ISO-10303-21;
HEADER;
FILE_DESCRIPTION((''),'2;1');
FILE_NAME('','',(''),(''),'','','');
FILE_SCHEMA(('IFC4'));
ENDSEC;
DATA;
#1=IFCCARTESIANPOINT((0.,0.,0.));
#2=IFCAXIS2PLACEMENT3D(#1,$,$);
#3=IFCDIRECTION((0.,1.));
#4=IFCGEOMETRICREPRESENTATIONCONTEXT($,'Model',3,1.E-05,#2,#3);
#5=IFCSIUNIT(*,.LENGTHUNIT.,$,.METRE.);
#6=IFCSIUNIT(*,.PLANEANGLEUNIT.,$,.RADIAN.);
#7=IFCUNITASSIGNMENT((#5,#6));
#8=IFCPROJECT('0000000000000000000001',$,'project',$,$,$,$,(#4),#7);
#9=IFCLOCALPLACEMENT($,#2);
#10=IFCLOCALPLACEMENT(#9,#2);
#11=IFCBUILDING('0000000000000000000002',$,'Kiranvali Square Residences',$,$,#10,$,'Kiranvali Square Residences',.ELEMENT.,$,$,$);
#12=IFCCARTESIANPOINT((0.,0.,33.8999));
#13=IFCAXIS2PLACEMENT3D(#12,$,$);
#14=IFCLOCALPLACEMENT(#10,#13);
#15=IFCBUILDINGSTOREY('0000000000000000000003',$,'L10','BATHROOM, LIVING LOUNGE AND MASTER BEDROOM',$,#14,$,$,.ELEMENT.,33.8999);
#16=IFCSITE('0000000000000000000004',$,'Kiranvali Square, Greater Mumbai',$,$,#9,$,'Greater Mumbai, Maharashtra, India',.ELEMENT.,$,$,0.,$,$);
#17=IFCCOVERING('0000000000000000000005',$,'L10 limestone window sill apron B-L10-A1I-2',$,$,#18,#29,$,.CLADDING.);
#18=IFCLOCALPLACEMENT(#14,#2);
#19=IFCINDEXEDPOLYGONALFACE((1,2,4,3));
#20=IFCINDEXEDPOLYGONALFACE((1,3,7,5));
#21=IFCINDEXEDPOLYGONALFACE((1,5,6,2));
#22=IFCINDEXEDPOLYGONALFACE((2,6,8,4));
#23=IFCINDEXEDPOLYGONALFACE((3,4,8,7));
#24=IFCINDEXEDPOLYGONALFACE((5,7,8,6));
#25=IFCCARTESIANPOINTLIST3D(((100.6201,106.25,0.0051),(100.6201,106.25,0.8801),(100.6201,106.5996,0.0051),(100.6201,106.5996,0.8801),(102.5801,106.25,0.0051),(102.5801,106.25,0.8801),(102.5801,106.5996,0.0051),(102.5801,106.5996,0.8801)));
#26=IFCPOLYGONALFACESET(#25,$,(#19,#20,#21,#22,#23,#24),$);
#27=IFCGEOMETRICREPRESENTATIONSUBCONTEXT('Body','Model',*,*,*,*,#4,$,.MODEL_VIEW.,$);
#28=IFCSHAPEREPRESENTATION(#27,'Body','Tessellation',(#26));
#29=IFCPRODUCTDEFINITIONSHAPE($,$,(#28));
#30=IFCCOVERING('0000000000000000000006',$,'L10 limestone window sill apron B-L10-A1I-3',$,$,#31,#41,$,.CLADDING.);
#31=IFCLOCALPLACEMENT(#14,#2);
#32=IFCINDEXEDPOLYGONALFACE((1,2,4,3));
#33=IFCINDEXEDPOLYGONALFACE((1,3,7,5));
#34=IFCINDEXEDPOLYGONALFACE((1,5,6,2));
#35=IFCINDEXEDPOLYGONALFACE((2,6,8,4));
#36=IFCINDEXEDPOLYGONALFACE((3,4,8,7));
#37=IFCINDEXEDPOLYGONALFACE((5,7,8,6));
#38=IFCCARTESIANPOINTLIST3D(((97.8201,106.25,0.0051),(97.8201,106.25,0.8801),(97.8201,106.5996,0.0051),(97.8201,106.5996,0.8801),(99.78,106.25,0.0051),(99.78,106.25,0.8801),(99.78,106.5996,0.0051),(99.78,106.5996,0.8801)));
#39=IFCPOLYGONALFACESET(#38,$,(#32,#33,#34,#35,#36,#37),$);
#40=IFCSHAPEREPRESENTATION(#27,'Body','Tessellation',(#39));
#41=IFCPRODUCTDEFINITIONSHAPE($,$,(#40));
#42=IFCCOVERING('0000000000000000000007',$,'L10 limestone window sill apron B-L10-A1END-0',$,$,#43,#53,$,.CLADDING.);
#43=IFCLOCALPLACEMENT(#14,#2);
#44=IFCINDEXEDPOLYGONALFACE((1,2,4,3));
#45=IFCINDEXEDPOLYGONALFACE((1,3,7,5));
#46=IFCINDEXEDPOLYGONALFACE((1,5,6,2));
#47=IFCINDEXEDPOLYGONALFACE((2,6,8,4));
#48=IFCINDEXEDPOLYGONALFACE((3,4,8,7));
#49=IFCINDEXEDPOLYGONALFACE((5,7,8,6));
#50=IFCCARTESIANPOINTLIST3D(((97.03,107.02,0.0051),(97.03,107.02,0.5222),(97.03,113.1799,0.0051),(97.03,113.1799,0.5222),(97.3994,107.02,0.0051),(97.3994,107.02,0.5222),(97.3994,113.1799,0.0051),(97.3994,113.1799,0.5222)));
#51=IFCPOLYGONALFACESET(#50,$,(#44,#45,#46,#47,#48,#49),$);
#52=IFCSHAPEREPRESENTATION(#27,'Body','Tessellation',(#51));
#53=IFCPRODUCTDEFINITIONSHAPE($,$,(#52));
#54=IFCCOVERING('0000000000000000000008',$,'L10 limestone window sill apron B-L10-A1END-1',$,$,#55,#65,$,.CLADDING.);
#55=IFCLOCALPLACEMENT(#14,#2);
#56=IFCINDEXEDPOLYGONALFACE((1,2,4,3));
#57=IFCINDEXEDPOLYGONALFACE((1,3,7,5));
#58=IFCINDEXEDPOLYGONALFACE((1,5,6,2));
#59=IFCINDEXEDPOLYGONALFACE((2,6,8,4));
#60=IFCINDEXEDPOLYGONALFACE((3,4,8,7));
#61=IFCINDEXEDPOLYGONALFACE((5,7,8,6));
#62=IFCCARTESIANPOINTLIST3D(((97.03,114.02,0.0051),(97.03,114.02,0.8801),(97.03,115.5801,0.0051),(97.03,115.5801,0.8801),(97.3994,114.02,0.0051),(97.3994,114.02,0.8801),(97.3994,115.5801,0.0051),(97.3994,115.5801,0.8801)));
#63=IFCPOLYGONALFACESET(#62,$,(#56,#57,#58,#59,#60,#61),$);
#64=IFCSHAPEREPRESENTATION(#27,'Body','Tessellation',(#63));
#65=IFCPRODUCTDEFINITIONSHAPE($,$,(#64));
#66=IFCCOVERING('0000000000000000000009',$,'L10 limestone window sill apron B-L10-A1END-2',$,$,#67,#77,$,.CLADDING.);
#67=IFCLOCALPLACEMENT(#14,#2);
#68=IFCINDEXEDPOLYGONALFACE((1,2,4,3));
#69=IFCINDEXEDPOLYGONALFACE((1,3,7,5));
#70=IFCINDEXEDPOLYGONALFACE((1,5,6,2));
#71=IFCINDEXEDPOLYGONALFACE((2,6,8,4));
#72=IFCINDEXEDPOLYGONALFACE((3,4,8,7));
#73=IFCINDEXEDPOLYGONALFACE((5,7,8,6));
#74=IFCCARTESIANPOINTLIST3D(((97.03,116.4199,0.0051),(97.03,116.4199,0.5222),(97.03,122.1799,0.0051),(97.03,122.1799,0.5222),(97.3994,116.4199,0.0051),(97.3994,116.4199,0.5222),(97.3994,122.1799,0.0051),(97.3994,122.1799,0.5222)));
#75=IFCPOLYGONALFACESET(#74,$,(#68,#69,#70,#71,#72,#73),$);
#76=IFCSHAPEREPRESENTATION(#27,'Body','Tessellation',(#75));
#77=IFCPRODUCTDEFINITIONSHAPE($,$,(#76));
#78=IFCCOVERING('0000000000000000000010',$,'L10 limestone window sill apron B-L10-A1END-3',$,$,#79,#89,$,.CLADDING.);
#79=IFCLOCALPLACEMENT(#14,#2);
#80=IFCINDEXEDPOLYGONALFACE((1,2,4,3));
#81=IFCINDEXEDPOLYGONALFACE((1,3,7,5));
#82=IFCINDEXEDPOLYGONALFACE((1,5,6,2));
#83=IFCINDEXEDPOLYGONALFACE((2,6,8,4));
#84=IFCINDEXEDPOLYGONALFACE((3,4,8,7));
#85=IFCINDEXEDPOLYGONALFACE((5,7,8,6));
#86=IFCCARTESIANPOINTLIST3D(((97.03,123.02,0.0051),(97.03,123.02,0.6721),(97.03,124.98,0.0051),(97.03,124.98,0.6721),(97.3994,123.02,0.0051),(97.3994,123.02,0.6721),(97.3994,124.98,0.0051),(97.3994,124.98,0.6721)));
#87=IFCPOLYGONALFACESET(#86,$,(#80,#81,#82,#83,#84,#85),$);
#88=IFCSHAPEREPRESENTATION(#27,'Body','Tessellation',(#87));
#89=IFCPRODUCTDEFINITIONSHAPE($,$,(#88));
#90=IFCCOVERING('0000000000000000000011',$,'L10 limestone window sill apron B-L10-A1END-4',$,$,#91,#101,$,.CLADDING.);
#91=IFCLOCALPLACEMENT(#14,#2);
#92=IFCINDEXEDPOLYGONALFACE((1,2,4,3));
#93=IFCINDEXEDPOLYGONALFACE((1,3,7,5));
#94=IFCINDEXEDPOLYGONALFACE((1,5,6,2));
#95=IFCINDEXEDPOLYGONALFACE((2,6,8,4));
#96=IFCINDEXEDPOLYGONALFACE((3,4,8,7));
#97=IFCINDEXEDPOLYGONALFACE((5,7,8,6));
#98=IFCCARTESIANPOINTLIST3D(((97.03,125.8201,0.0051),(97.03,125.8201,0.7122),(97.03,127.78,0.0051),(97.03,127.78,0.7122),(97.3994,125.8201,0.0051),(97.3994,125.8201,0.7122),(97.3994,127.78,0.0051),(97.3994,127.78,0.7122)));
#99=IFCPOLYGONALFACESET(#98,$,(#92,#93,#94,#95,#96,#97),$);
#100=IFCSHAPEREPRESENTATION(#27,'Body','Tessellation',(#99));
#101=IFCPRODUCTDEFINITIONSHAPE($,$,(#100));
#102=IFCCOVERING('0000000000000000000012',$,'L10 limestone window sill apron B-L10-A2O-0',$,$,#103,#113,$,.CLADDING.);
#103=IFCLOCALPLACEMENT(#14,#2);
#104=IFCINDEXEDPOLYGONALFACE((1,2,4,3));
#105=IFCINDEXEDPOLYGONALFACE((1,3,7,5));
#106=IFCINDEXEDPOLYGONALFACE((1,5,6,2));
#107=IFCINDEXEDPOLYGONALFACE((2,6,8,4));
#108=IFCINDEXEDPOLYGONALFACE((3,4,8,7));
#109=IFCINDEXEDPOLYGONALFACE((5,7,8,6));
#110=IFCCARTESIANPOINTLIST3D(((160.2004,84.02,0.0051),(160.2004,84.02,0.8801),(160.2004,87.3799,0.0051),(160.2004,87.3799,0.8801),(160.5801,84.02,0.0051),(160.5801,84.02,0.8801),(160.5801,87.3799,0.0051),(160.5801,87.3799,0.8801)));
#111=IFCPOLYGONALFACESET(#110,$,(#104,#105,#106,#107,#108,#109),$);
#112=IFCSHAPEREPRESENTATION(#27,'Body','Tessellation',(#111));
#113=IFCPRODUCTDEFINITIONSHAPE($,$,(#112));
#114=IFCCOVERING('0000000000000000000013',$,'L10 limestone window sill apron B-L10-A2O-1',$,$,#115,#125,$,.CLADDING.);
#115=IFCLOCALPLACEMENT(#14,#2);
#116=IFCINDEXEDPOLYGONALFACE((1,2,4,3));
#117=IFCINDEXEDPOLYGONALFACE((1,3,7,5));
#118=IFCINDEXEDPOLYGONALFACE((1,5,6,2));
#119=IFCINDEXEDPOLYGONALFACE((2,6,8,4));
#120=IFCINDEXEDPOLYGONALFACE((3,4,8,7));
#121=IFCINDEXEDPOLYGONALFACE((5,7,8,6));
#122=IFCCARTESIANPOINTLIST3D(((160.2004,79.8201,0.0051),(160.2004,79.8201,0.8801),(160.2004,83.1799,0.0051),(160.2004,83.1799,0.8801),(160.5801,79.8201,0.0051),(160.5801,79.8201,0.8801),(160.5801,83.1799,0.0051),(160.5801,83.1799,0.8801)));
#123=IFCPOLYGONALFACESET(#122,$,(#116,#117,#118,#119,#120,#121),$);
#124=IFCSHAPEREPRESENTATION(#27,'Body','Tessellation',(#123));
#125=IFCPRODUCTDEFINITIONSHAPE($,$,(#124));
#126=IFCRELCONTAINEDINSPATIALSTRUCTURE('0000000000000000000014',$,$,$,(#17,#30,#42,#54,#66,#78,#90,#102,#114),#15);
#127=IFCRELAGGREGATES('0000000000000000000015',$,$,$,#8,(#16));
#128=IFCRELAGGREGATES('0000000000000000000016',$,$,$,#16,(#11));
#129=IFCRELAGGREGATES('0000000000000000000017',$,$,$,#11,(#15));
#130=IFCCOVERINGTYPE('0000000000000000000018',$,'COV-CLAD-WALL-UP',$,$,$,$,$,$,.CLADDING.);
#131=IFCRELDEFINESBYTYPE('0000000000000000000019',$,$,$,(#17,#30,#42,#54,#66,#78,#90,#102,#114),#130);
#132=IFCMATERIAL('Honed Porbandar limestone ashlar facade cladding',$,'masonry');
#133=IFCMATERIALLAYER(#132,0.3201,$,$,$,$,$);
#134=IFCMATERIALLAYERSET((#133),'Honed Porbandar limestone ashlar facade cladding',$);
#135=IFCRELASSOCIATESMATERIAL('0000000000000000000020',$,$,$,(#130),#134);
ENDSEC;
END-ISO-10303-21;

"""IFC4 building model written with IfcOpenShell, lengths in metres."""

from ifc_helpers import new_model, si_unit, direction, frame, origin, place, context, subcontext, project, spatial, polyline, outline, extrude, material, layer, layer_set, type_object, element, save


model = new_model("IFC4")

# Units and contexts
model_context = context("Model", 3, precision=1e-05, world=origin(), true_north=direction((0.0, 1.0)))
body_context = subcontext(model_context, "Body", "Model", "MODEL_VIEW")
ifc_project = project(units=[si_unit("LENGTHUNIT", "METRE"), si_unit("PLANEANGLEUNIT", "RADIAN")], contexts=[model_context])

# Site, building, storey
site_placement = place(None, origin())
site = spatial("IfcSite", under=ifc_project, at=site_placement, Name="Kiranvali Square, Greater Mumbai", LongName="Greater Mumbai, Maharashtra, India", CompositionType="ELEMENT", RefElevation=0.0)
building_placement = place(site_placement, origin())
building = spatial("IfcBuilding", under=site, at=building_placement, Name="Kiranvali Square Residences", LongName="Kiranvali Square Residences", CompositionType="ELEMENT")
storey_placement = place(building_placement, frame((0.0, 0.0, 33.8999)))
storey = spatial("IfcBuildingStorey", under=building, at=storey_placement, Name="L10", Description="BATHROOM, LIVING LOUNGE AND MASTER BEDROOM", CompositionType="ELEMENT", Elevation=33.8999)

# Coverings
ifc_material = material(Name="Honed Porbandar limestone ashlar facade cladding", Category="masonry")
ifc_layer_1 = layer(ifc_material, 0.3201)
ifc_layer_set_1 = layer_set([ifc_layer_1], Name="Honed Porbandar limestone ashlar facade cladding")
covering_type_1 = type_object("IfcCoveringType", Name="COV-CLAD-WALL-UP", PredefinedType="CLADDING", material=ifc_layer_set_1)
covering_1_placement = place(storey_placement, frame((0.0, 0.0, 0.0051)))
element("IfcCovering", 1, at=covering_1_placement, inside=storey, type_object=covering_type_1, Name="L10 limestone window sill apron B-L10-A1I-2", PredefinedType="CLADDING", context=body_context, shape_type="SweptSolid", body=[
    extrude(outline(polyline([(102.5801, 106.5996), (100.6201, 106.5996), (100.6201, 106.25), (102.5801, 106.25), (102.5801, 106.5996)])), origin(), (0.0, 0.0, 1.0), 0.875),
])
covering_2_placement = place(storey_placement, frame((0.0, 0.0, 0.0051)))
element("IfcCovering", 2, at=covering_2_placement, inside=storey, type_object=covering_type_1, Name="L10 limestone window sill apron B-L10-A1I-3", PredefinedType="CLADDING", context=body_context, shape_type="SweptSolid", body=[
    extrude(outline(polyline([(99.78, 106.5996), (97.8201, 106.5996), (97.8201, 106.25), (99.78, 106.25), (99.78, 106.5996)])), origin(), (0.0, 0.0, 1.0), 0.875),
])
covering_3_placement = place(storey_placement, frame((0.0, 0.0, 0.0051)))
element("IfcCovering", 3, at=covering_3_placement, inside=storey, type_object=covering_type_1, Name="L10 limestone window sill apron B-L10-A1END-0", PredefinedType="CLADDING", context=body_context, shape_type="SweptSolid", body=[
    extrude(outline(polyline([(97.3994, 107.02), (97.3994, 113.1799), (97.03, 113.1799), (97.03, 107.02), (97.3994, 107.02)])), origin(), (0.0, 0.0, 1.0), 0.5171),
])
covering_4_placement = place(storey_placement, frame((0.0, 0.0, 0.0051)))
element("IfcCovering", 4, at=covering_4_placement, inside=storey, type_object=covering_type_1, Name="L10 limestone window sill apron B-L10-A1END-1", PredefinedType="CLADDING", context=body_context, shape_type="SweptSolid", body=[
    extrude(outline(polyline([(97.3994, 114.02), (97.3994, 115.5801), (97.03, 115.5801), (97.03, 114.02), (97.3994, 114.02)])), origin(), (0.0, 0.0, 1.0), 0.875),
])
covering_5_placement = place(storey_placement, frame((0.0, 0.0, 0.0051)))
element("IfcCovering", 5, at=covering_5_placement, inside=storey, type_object=covering_type_1, Name="L10 limestone window sill apron B-L10-A1END-2", PredefinedType="CLADDING", context=body_context, shape_type="SweptSolid", body=[
    extrude(outline(polyline([(97.3994, 116.4199), (97.3994, 122.1799), (97.03, 122.1799), (97.03, 116.4199), (97.3994, 116.4199)])), origin(), (0.0, 0.0, 1.0), 0.5171),
])
covering_6_placement = place(storey_placement, frame((0.0, 0.0, 0.0051)))
element("IfcCovering", 6, at=covering_6_placement, inside=storey, type_object=covering_type_1, Name="L10 limestone window sill apron B-L10-A1END-3", PredefinedType="CLADDING", context=body_context, shape_type="SweptSolid", body=[
    extrude(outline(polyline([(97.3994, 123.02), (97.3994, 124.98), (97.03, 124.98), (97.03, 123.02), (97.3994, 123.02)])), origin(), (0.0, 0.0, 1.0), 0.667),
])
covering_7_placement = place(storey_placement, frame((0.0, 0.0, 0.0051)))
element("IfcCovering", 7, at=covering_7_placement, inside=storey, type_object=covering_type_1, Name="L10 limestone window sill apron B-L10-A1END-4", PredefinedType="CLADDING", context=body_context, shape_type="SweptSolid", body=[
    extrude(outline(polyline([(97.3994, 125.8201), (97.3994, 127.78), (97.03, 127.78), (97.03, 125.8201), (97.3994, 125.8201)])), origin(), (0.0, 0.0, 1.0), 0.707),
])
covering_8_placement = place(storey_placement, frame((0.0, 0.0, 0.0051)))
element("IfcCovering", 8, at=covering_8_placement, inside=storey, type_object=covering_type_1, Name="L10 limestone window sill apron B-L10-A2O-0", PredefinedType="CLADDING", context=body_context, shape_type="SweptSolid", body=[
    extrude(outline(polyline([(160.2004, 87.3799), (160.2004, 84.02), (160.5801, 84.02), (160.5801, 87.3799), (160.2004, 87.3799)])), origin(), (0.0, 0.0, 1.0), 0.875),
])
covering_9_placement = place(storey_placement, frame((0.0, 0.0, 0.0051)))
element("IfcCovering", 9, at=covering_9_placement, inside=storey, type_object=covering_type_1, Name="L10 limestone window sill apron B-L10-A2O-1", PredefinedType="CLADDING", context=body_context, shape_type="SweptSolid", body=[
    extrude(outline(polyline([(160.2004, 83.1799), (160.2004, 79.8201), (160.5801, 79.8201), (160.5801, 83.1799), (160.2004, 83.1799)])), origin(), (0.0, 0.0, 1.0), 0.875),
])

save(model, "model.ifc")
